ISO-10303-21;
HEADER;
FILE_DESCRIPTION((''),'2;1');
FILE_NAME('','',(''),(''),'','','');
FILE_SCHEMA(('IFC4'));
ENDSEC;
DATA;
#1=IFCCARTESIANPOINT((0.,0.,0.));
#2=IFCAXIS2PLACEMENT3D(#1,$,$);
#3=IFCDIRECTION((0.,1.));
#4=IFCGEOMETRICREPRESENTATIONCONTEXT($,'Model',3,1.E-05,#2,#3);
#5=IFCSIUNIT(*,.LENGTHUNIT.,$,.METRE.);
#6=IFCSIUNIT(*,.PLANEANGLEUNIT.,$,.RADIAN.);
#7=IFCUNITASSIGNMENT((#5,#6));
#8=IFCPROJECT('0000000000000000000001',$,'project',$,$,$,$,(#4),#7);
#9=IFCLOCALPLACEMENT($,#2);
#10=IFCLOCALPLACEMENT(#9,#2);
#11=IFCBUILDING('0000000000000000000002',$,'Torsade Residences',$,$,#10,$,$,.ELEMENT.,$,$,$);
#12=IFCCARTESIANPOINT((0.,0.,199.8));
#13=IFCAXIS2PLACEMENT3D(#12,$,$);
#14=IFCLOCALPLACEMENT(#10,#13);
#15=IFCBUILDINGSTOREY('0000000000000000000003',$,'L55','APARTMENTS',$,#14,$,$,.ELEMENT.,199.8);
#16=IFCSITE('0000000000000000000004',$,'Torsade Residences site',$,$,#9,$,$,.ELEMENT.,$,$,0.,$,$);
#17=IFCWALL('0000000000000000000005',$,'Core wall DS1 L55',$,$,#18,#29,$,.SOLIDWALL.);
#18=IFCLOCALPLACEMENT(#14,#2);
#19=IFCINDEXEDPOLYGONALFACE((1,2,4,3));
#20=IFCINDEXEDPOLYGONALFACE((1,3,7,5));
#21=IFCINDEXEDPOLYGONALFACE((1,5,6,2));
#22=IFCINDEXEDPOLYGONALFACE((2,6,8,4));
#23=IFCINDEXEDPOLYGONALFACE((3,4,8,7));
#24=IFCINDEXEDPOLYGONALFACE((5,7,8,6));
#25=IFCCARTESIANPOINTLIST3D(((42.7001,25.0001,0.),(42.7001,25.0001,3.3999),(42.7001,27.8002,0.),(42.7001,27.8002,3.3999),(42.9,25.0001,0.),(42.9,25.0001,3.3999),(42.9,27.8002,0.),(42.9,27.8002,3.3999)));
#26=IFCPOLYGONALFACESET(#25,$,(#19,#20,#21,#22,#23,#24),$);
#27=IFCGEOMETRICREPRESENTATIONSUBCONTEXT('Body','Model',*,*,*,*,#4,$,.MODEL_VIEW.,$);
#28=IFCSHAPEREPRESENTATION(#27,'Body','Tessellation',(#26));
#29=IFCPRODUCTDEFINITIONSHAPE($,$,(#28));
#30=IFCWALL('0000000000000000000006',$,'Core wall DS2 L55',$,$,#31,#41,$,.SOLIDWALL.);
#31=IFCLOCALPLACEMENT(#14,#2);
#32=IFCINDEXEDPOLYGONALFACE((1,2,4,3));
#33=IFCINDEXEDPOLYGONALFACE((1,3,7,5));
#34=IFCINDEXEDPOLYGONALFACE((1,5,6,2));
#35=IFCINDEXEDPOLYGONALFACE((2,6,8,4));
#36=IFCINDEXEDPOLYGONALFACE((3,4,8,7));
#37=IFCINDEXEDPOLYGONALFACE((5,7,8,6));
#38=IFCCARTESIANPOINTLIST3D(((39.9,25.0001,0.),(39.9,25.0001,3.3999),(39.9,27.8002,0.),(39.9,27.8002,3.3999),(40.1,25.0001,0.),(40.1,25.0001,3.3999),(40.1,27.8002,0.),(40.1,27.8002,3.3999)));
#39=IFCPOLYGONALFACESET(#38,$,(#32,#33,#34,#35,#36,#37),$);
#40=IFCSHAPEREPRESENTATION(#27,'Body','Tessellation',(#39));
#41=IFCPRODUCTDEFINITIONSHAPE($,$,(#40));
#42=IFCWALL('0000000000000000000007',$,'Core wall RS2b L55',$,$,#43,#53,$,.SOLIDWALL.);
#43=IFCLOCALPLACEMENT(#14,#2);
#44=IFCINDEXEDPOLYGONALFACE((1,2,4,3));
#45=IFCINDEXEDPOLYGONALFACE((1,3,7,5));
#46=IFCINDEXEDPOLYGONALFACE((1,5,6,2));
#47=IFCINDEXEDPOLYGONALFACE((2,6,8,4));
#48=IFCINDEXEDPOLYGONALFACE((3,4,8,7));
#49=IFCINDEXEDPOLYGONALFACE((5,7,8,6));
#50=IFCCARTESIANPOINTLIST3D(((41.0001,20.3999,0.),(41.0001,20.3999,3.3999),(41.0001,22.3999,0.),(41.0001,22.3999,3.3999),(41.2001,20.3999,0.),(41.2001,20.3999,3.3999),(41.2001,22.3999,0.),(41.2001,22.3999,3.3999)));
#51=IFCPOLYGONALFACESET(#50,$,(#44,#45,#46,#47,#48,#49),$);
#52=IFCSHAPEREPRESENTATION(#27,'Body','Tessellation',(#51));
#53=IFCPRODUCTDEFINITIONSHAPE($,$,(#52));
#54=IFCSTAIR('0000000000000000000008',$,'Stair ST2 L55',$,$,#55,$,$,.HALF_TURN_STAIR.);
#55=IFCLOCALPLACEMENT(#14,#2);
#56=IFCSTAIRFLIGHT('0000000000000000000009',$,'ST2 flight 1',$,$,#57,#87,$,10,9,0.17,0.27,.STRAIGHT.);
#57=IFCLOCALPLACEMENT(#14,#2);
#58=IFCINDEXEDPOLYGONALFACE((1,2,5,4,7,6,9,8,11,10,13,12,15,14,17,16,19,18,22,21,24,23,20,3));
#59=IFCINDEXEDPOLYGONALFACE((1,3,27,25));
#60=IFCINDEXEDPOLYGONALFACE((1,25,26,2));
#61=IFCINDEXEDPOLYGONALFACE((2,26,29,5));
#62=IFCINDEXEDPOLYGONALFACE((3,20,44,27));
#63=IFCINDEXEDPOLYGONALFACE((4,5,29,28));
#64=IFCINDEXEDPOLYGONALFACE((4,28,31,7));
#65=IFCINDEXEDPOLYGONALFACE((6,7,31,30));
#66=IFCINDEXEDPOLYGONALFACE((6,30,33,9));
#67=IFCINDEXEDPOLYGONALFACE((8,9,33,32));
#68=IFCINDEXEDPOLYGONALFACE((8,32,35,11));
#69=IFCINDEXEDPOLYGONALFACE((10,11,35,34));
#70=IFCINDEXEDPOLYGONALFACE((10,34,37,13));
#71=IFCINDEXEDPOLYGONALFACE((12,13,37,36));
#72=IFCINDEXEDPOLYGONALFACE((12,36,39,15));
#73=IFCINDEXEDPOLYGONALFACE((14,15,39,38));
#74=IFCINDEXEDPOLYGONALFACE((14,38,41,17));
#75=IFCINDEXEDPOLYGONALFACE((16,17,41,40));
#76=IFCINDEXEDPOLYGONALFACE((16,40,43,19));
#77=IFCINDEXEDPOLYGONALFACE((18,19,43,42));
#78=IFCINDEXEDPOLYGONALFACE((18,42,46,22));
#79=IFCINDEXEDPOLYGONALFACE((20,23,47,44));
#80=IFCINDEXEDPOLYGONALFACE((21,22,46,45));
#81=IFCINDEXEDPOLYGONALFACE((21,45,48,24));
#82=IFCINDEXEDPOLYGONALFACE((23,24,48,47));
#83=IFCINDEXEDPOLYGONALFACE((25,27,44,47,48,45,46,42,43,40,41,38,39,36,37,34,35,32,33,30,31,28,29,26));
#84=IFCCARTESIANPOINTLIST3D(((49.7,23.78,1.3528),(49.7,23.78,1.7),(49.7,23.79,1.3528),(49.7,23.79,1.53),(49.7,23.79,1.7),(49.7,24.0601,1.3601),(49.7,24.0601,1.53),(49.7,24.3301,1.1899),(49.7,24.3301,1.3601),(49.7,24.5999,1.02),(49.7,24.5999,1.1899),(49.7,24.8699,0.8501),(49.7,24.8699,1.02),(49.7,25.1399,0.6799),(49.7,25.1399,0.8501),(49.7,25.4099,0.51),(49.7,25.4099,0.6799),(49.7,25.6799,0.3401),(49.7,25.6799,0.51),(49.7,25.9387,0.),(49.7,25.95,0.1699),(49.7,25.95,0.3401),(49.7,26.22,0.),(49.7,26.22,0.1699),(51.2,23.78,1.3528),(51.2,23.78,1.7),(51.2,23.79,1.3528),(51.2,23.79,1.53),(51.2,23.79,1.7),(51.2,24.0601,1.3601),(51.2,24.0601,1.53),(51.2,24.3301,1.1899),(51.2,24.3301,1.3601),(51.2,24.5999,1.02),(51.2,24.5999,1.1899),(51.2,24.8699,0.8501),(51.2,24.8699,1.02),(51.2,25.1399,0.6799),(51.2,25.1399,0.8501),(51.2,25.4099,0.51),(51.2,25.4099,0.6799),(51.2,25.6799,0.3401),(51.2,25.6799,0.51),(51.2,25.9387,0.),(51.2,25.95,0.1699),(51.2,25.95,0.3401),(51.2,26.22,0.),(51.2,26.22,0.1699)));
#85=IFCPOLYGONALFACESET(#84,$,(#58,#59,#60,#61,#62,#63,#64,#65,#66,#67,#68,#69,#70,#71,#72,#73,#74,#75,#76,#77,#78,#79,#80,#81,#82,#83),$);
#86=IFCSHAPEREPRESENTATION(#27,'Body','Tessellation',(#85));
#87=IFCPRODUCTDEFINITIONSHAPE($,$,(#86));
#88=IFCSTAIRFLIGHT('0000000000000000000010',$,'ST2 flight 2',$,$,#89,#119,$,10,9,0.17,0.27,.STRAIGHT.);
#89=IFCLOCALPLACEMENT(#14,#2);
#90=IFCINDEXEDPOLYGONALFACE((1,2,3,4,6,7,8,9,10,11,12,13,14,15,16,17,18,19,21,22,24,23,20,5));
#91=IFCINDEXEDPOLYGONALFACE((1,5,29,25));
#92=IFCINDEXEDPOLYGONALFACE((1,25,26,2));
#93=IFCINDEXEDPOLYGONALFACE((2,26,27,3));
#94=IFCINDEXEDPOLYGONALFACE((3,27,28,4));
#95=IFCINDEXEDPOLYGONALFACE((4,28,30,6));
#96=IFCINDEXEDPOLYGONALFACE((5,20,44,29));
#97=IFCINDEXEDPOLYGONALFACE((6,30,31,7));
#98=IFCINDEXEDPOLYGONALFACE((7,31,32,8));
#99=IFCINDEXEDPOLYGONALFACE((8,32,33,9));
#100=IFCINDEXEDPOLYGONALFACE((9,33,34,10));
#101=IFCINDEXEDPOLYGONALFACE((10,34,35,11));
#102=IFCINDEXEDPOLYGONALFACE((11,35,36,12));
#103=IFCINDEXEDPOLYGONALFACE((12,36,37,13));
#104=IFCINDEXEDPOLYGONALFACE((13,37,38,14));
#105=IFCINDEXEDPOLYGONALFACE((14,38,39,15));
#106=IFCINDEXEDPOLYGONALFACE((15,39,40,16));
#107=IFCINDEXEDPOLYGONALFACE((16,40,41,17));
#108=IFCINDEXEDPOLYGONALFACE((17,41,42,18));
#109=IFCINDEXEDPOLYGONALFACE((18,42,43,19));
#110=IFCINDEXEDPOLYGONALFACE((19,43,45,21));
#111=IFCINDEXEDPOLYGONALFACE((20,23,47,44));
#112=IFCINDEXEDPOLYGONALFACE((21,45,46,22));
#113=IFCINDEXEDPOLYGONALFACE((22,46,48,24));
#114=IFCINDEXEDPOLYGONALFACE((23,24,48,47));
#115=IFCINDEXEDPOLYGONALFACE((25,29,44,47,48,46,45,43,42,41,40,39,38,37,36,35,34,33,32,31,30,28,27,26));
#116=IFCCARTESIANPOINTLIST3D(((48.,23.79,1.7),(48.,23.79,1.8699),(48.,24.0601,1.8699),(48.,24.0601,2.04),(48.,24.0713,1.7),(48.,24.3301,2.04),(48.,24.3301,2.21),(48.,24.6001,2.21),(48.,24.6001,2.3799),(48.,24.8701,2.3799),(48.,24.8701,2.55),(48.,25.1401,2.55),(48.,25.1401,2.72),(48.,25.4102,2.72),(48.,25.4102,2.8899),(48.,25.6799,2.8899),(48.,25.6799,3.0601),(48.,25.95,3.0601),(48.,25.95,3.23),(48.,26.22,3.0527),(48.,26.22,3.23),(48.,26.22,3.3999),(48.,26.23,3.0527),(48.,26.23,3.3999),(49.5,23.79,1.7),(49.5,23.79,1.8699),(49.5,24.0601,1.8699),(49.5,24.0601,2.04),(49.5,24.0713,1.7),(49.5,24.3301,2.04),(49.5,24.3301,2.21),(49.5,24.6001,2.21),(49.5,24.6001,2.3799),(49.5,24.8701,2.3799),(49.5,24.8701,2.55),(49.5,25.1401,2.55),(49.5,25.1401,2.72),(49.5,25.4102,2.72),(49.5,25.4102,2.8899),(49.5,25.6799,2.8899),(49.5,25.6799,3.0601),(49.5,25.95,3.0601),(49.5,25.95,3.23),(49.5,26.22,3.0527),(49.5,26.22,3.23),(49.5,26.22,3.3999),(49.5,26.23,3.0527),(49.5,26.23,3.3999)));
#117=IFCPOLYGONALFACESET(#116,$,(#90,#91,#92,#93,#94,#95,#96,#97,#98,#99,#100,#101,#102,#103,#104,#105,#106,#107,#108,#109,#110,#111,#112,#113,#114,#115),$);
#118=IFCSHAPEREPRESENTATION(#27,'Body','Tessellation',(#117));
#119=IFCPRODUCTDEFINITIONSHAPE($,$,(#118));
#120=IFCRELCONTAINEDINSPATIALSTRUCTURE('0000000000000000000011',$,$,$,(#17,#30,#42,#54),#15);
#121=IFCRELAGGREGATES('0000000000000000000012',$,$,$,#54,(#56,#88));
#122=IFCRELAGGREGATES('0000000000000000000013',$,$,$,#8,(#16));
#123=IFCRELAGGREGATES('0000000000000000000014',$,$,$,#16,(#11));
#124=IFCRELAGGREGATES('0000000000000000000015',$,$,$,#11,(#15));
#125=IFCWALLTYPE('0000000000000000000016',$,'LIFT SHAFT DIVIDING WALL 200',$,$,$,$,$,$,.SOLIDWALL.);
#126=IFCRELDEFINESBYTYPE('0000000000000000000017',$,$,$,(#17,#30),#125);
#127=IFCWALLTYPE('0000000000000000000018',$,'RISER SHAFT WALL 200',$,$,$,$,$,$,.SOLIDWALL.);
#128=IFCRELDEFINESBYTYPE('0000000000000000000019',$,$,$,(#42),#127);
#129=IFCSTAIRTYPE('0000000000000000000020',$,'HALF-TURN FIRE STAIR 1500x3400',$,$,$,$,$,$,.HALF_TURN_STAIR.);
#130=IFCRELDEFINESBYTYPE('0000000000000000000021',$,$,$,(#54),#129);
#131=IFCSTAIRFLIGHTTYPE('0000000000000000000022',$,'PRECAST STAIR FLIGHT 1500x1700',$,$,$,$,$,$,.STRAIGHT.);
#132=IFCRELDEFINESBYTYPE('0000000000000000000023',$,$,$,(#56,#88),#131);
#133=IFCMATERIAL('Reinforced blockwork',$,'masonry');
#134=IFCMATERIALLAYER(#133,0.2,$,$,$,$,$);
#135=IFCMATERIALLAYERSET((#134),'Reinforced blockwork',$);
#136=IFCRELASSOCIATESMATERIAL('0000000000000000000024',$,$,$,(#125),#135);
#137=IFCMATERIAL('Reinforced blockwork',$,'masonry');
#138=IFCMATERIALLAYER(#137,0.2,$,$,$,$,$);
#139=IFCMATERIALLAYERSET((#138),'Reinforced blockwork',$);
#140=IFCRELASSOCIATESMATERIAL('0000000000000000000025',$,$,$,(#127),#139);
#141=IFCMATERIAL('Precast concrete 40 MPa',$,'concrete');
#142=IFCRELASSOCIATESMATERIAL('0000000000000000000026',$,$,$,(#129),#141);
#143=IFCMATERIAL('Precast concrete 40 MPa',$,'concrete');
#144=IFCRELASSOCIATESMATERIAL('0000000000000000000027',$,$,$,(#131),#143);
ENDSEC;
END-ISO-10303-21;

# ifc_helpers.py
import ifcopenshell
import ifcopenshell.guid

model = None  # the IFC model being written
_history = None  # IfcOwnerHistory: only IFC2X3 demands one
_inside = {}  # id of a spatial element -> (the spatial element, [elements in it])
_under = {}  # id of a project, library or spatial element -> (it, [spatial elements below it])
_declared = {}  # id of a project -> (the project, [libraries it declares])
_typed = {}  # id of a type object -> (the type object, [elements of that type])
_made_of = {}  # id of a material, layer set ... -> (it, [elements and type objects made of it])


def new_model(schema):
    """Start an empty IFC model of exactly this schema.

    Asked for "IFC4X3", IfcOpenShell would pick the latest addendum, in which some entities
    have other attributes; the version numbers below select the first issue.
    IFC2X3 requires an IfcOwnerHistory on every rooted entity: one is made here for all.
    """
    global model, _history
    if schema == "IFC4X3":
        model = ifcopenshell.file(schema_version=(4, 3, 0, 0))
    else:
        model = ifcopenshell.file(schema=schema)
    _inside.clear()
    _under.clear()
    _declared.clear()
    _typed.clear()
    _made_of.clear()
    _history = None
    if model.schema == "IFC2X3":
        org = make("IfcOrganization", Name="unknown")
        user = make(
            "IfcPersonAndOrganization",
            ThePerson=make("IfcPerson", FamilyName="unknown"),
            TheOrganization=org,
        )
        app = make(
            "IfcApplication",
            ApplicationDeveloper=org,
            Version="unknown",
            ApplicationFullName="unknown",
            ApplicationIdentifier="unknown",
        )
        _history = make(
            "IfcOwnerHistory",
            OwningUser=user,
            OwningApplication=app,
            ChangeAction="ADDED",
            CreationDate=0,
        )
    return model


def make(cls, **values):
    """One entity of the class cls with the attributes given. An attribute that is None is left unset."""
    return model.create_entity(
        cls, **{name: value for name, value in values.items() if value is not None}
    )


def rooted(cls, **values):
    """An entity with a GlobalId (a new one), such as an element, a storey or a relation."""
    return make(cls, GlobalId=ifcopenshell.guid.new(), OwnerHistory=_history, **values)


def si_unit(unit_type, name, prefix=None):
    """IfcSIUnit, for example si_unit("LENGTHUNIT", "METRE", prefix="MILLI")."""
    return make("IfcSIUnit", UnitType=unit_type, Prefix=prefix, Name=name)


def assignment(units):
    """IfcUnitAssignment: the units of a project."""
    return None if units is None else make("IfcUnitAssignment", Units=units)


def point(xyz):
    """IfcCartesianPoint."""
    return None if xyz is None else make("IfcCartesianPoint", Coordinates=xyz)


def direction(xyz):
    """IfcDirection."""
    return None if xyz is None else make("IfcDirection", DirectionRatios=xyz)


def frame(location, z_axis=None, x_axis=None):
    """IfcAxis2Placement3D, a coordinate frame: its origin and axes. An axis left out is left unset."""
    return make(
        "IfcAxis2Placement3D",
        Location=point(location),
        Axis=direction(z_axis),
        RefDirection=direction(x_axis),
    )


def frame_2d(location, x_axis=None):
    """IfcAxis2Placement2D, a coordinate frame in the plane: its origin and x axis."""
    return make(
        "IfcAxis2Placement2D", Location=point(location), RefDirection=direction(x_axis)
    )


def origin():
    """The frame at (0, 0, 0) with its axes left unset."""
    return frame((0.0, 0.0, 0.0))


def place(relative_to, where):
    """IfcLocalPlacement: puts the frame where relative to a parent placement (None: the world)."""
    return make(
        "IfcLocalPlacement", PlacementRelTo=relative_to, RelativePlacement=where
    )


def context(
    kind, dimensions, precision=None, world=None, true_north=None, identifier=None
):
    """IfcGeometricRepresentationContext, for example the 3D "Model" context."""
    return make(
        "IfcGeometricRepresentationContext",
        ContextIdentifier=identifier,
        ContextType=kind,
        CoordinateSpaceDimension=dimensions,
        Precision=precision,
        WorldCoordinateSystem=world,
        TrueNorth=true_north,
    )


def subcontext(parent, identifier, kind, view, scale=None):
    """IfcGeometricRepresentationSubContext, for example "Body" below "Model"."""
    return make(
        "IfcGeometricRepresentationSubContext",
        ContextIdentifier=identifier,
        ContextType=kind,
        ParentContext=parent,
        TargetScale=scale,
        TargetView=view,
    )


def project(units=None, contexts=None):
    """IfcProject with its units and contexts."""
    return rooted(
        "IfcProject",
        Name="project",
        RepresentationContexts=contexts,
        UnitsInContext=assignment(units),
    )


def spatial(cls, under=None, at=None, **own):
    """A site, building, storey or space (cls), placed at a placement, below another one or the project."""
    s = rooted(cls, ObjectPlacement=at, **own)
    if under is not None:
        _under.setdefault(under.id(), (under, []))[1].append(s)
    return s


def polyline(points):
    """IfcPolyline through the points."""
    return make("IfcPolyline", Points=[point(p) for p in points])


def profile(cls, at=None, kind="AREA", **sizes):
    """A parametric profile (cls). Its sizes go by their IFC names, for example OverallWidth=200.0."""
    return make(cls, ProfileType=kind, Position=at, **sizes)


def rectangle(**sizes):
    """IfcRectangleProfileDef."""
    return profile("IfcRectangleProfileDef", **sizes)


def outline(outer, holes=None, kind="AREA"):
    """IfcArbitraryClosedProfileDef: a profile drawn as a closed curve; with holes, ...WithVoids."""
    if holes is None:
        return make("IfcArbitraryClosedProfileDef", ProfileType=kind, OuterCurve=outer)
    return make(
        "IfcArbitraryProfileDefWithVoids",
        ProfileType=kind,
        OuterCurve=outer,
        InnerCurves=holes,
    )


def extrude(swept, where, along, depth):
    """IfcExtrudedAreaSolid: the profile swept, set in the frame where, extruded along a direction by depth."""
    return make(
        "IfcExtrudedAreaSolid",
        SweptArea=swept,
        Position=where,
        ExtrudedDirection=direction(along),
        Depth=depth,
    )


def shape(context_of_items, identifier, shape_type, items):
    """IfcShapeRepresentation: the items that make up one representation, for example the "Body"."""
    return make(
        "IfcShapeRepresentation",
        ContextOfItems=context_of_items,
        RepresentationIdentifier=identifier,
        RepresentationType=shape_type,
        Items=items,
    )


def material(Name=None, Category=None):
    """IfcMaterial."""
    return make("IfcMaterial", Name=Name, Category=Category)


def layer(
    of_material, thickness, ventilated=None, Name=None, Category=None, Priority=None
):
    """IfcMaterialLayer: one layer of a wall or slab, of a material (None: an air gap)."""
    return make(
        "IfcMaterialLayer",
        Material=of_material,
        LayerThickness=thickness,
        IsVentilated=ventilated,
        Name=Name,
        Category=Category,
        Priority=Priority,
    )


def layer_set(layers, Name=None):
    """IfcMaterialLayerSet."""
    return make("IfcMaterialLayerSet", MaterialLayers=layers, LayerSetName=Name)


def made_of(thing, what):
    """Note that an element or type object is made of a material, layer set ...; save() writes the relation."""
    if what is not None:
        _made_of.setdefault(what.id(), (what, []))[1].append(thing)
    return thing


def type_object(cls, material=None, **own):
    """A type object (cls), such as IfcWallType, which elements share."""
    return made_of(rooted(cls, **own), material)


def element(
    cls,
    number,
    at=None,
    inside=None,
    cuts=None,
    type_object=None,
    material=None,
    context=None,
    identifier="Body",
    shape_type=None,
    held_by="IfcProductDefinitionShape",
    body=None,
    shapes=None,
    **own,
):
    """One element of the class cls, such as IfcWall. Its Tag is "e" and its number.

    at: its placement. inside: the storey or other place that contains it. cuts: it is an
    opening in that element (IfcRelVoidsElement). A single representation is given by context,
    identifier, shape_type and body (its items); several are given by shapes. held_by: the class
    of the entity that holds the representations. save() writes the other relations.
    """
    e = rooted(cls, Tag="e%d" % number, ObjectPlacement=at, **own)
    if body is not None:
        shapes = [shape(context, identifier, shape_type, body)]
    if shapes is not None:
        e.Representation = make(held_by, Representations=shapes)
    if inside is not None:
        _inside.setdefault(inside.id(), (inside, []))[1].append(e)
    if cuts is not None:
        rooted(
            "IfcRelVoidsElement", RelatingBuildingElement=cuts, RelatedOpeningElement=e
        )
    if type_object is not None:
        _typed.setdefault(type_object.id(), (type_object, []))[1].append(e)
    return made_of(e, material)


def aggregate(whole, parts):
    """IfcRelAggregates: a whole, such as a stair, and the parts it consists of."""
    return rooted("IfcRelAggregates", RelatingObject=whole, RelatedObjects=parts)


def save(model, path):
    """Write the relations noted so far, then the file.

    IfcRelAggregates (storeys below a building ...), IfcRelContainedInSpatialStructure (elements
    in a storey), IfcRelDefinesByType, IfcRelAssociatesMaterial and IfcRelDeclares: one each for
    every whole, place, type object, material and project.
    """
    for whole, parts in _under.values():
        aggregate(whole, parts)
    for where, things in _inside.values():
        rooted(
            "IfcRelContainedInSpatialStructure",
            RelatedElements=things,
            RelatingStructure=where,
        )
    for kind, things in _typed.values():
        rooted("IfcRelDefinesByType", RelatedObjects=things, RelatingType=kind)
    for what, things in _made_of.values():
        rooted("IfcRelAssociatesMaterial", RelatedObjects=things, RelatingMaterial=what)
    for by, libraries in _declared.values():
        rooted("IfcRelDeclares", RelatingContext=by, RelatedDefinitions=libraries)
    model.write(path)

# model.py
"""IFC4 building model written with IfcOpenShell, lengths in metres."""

from ifc_helpers import new_model, si_unit, direction, frame, frame_2d, origin, place, context, subcontext, project, spatial, polyline, rectangle, outline, extrude, material, layer, layer_set, type_object, element, aggregate, save


model = new_model("IFC4")

# Units and contexts
model_context = context("Model", 3, precision=1e-05, world=origin(), true_north=direction((0.0, 1.0)))
body_context = subcontext(model_context, "Body", "Model", "MODEL_VIEW")
ifc_project = project(units=[si_unit("LENGTHUNIT", "METRE"), si_unit("PLANEANGLEUNIT", "RADIAN")], contexts=[model_context])

# Site, building, storey
site_placement = place(None, origin())
site = spatial("IfcSite", under=ifc_project, at=site_placement, Name="Torsade Residences site", CompositionType="ELEMENT", RefElevation=0.0)
building_placement = place(site_placement, origin())
building = spatial("IfcBuilding", under=site, at=building_placement, Name="Torsade Residences", CompositionType="ELEMENT")
storey_placement = place(building_placement, frame((0.0, 0.0, 199.8)))
storey = spatial("IfcBuildingStorey", under=building, at=storey_placement, Name="L55", Description="APARTMENTS", CompositionType="ELEMENT", Elevation=199.8)

# Walls
ifc_material_1 = material(Name="Reinforced blockwork", Category="masonry")
ifc_layer_1 = layer(ifc_material_1, 0.2)
ifc_layer_set_1 = layer_set([ifc_layer_1], Name="Reinforced blockwork")
wall_type_1 = type_object("IfcWallType", Name="LIFT SHAFT DIVIDING WALL 200", PredefinedType="SOLIDWALL", material=ifc_layer_set_1)
for number, where, z_axis, x_axis, name in (
    (1, (42.8, 27.8, 0.0), (0.0, 0.0, 1.0), (0.0, -1.0, 0.0), "Core wall DS1 L55"),
    (2, (40.0, 27.8, 0.0), (0.0, 0.0, 1.0), (0.0, -1.0, 0.0), "Core wall DS2 L55"),
):
    element("IfcWall", number, at=place(storey_placement, frame(where, z_axis=z_axis, x_axis=x_axis)), inside=storey, type_object=wall_type_1, Name=name, PredefinedType="SOLIDWALL", context=body_context, shape_type="SweptSolid", body=[
        extrude(rectangle(XDim=2.8, YDim=0.2, at=frame_2d((1.3999, 0.0))), origin(), (0.0, 0.0, 1.0), 3.3999),
    ])
ifc_material_2 = material(Name="Reinforced blockwork", Category="masonry")
ifc_layer_2 = layer(ifc_material_2, 0.2)
ifc_layer_set_2 = layer_set([ifc_layer_2], Name="Reinforced blockwork")
wall_type_2 = type_object("IfcWallType", Name="RISER SHAFT WALL 200", PredefinedType="SOLIDWALL", material=ifc_layer_set_2)
wall_1_placement = place(storey_placement, frame((41.1001, 22.3999, 0.0), z_axis=(0.0, 0.0, 1.0), x_axis=(0.0, -1.0, 0.0)))
element("IfcWall", 3, at=wall_1_placement, inside=storey, type_object=wall_type_2, Name="Core wall RS2b L55", PredefinedType="SOLIDWALL", context=body_context, shape_type="SweptSolid", body=[
    extrude(rectangle(XDim=2.0, YDim=0.2, at=frame_2d((1.0, 0.0))), origin(), (0.0, 0.0, 1.0), 3.3999),
])

# Stair, stair flights
ifc_material_3 = material(Name="Precast concrete 40 MPa", Category="concrete")
stair_type = type_object("IfcStairType", Name="HALF-TURN FIRE STAIR 1500x3400", PredefinedType="HALF_TURN_STAIR", material=ifc_material_3)
stair_placement = place(storey_placement, origin())
stair = element("IfcStair", 4, at=stair_placement, inside=storey, type_object=stair_type, Name="Stair ST2 L55", PredefinedType="HALF_TURN_STAIR")
ifc_material_4 = material(Name="Precast concrete 40 MPa", Category="concrete")
stair_flight_type = type_object("IfcStairFlightType", Name="PRECAST STAIR FLIGHT 1500x1700", PredefinedType="STRAIGHT", material=ifc_material_4)
stair_flight_1_placement = place(storey_placement, frame((50.45, 26.22, 0.0), z_axis=(0.0, 0.0, 1.0), x_axis=(0.0, -1.0, 0.0)))
stair_flight_1 = element("IfcStairFlight", 5, at=stair_flight_1_placement, type_object=stair_flight_type, Name="ST2 flight 1", NumberOfRisers=10, NumberOfTreads=9, PredefinedType="STRAIGHT", RiserHeight=0.17, TreadLength=0.27, context=body_context, shape_type="SweptSolid", body=[
    extrude(outline(polyline([(0.0, 0.0), (0.0, 0.1699), (0.27, 0.1699), (0.27, 0.3401), (0.54, 0.3401), (0.54, 0.51), (0.8101, 0.51), (0.8101, 0.6799), (1.0801, 0.6799), (1.0801, 0.8501), (1.3501, 0.8501), (1.3501, 1.02), (1.6201, 1.02), (1.6201, 1.1899), (1.8899, 1.1899), (1.8899, 1.3601), (2.1599, 1.3601), (2.1599, 1.53), (2.4299, 1.53), (2.4299, 1.7), (2.4399, 1.7), (2.4399, 1.3528), (2.4299, 1.3528), (0.2812, 0.0), (0.0, 0.0)])), frame((0.0, 0.75, 0.0), z_axis=(0.0, -1.0, 0.0), x_axis=(1.0, 0.0, 0.0)), (0.0, 0.0, 1.0), 1.5),
])
stair_flight_2_placement = place(storey_placement, frame((48.75, 23.79, 1.7), z_axis=(0.0, 0.0, 1.0), x_axis=(0.0, 1.0, 0.0)))
stair_flight_2 = element("IfcStairFlight", 6, at=stair_flight_2_placement, type_object=stair_flight_type, Name="ST2 flight 2", NumberOfRisers=10, NumberOfTreads=9, PredefinedType="STRAIGHT", RiserHeight=0.17, TreadLength=0.27, context=body_context, shape_type="SweptSolid", body=[
    extrude(outline(polyline([(0.0, 0.0), (0.0, 0.1699), (0.27, 0.1699), (0.27, 0.3401), (0.54, 0.3401), (0.54, 0.51), (0.8101, 0.51), (0.8101, 0.6799), (1.0801, 0.6799), (1.0801, 0.8501), (1.3501, 0.8501), (1.3501, 1.02), (1.6201, 1.02), (1.6201, 1.1899), (1.8899, 1.1899), (1.8899, 1.3601), (2.1599, 1.3601), (2.1599, 1.53), (2.4299, 1.53), (2.4299, 1.7), (2.4399, 1.7), (2.4399, 1.3528), (2.4299, 1.3528), (0.2812, 0.0), (0.0, 0.0)])), frame((0.0, 0.75, 0.0), z_axis=(0.0, -1.0, 0.0), x_axis=(1.0, 0.0, 0.0)), (0.0, 0.0, 1.0), 1.5),
])
aggregate(stair, [stair_flight_1, stair_flight_2])

save(model, "model.ifc")
